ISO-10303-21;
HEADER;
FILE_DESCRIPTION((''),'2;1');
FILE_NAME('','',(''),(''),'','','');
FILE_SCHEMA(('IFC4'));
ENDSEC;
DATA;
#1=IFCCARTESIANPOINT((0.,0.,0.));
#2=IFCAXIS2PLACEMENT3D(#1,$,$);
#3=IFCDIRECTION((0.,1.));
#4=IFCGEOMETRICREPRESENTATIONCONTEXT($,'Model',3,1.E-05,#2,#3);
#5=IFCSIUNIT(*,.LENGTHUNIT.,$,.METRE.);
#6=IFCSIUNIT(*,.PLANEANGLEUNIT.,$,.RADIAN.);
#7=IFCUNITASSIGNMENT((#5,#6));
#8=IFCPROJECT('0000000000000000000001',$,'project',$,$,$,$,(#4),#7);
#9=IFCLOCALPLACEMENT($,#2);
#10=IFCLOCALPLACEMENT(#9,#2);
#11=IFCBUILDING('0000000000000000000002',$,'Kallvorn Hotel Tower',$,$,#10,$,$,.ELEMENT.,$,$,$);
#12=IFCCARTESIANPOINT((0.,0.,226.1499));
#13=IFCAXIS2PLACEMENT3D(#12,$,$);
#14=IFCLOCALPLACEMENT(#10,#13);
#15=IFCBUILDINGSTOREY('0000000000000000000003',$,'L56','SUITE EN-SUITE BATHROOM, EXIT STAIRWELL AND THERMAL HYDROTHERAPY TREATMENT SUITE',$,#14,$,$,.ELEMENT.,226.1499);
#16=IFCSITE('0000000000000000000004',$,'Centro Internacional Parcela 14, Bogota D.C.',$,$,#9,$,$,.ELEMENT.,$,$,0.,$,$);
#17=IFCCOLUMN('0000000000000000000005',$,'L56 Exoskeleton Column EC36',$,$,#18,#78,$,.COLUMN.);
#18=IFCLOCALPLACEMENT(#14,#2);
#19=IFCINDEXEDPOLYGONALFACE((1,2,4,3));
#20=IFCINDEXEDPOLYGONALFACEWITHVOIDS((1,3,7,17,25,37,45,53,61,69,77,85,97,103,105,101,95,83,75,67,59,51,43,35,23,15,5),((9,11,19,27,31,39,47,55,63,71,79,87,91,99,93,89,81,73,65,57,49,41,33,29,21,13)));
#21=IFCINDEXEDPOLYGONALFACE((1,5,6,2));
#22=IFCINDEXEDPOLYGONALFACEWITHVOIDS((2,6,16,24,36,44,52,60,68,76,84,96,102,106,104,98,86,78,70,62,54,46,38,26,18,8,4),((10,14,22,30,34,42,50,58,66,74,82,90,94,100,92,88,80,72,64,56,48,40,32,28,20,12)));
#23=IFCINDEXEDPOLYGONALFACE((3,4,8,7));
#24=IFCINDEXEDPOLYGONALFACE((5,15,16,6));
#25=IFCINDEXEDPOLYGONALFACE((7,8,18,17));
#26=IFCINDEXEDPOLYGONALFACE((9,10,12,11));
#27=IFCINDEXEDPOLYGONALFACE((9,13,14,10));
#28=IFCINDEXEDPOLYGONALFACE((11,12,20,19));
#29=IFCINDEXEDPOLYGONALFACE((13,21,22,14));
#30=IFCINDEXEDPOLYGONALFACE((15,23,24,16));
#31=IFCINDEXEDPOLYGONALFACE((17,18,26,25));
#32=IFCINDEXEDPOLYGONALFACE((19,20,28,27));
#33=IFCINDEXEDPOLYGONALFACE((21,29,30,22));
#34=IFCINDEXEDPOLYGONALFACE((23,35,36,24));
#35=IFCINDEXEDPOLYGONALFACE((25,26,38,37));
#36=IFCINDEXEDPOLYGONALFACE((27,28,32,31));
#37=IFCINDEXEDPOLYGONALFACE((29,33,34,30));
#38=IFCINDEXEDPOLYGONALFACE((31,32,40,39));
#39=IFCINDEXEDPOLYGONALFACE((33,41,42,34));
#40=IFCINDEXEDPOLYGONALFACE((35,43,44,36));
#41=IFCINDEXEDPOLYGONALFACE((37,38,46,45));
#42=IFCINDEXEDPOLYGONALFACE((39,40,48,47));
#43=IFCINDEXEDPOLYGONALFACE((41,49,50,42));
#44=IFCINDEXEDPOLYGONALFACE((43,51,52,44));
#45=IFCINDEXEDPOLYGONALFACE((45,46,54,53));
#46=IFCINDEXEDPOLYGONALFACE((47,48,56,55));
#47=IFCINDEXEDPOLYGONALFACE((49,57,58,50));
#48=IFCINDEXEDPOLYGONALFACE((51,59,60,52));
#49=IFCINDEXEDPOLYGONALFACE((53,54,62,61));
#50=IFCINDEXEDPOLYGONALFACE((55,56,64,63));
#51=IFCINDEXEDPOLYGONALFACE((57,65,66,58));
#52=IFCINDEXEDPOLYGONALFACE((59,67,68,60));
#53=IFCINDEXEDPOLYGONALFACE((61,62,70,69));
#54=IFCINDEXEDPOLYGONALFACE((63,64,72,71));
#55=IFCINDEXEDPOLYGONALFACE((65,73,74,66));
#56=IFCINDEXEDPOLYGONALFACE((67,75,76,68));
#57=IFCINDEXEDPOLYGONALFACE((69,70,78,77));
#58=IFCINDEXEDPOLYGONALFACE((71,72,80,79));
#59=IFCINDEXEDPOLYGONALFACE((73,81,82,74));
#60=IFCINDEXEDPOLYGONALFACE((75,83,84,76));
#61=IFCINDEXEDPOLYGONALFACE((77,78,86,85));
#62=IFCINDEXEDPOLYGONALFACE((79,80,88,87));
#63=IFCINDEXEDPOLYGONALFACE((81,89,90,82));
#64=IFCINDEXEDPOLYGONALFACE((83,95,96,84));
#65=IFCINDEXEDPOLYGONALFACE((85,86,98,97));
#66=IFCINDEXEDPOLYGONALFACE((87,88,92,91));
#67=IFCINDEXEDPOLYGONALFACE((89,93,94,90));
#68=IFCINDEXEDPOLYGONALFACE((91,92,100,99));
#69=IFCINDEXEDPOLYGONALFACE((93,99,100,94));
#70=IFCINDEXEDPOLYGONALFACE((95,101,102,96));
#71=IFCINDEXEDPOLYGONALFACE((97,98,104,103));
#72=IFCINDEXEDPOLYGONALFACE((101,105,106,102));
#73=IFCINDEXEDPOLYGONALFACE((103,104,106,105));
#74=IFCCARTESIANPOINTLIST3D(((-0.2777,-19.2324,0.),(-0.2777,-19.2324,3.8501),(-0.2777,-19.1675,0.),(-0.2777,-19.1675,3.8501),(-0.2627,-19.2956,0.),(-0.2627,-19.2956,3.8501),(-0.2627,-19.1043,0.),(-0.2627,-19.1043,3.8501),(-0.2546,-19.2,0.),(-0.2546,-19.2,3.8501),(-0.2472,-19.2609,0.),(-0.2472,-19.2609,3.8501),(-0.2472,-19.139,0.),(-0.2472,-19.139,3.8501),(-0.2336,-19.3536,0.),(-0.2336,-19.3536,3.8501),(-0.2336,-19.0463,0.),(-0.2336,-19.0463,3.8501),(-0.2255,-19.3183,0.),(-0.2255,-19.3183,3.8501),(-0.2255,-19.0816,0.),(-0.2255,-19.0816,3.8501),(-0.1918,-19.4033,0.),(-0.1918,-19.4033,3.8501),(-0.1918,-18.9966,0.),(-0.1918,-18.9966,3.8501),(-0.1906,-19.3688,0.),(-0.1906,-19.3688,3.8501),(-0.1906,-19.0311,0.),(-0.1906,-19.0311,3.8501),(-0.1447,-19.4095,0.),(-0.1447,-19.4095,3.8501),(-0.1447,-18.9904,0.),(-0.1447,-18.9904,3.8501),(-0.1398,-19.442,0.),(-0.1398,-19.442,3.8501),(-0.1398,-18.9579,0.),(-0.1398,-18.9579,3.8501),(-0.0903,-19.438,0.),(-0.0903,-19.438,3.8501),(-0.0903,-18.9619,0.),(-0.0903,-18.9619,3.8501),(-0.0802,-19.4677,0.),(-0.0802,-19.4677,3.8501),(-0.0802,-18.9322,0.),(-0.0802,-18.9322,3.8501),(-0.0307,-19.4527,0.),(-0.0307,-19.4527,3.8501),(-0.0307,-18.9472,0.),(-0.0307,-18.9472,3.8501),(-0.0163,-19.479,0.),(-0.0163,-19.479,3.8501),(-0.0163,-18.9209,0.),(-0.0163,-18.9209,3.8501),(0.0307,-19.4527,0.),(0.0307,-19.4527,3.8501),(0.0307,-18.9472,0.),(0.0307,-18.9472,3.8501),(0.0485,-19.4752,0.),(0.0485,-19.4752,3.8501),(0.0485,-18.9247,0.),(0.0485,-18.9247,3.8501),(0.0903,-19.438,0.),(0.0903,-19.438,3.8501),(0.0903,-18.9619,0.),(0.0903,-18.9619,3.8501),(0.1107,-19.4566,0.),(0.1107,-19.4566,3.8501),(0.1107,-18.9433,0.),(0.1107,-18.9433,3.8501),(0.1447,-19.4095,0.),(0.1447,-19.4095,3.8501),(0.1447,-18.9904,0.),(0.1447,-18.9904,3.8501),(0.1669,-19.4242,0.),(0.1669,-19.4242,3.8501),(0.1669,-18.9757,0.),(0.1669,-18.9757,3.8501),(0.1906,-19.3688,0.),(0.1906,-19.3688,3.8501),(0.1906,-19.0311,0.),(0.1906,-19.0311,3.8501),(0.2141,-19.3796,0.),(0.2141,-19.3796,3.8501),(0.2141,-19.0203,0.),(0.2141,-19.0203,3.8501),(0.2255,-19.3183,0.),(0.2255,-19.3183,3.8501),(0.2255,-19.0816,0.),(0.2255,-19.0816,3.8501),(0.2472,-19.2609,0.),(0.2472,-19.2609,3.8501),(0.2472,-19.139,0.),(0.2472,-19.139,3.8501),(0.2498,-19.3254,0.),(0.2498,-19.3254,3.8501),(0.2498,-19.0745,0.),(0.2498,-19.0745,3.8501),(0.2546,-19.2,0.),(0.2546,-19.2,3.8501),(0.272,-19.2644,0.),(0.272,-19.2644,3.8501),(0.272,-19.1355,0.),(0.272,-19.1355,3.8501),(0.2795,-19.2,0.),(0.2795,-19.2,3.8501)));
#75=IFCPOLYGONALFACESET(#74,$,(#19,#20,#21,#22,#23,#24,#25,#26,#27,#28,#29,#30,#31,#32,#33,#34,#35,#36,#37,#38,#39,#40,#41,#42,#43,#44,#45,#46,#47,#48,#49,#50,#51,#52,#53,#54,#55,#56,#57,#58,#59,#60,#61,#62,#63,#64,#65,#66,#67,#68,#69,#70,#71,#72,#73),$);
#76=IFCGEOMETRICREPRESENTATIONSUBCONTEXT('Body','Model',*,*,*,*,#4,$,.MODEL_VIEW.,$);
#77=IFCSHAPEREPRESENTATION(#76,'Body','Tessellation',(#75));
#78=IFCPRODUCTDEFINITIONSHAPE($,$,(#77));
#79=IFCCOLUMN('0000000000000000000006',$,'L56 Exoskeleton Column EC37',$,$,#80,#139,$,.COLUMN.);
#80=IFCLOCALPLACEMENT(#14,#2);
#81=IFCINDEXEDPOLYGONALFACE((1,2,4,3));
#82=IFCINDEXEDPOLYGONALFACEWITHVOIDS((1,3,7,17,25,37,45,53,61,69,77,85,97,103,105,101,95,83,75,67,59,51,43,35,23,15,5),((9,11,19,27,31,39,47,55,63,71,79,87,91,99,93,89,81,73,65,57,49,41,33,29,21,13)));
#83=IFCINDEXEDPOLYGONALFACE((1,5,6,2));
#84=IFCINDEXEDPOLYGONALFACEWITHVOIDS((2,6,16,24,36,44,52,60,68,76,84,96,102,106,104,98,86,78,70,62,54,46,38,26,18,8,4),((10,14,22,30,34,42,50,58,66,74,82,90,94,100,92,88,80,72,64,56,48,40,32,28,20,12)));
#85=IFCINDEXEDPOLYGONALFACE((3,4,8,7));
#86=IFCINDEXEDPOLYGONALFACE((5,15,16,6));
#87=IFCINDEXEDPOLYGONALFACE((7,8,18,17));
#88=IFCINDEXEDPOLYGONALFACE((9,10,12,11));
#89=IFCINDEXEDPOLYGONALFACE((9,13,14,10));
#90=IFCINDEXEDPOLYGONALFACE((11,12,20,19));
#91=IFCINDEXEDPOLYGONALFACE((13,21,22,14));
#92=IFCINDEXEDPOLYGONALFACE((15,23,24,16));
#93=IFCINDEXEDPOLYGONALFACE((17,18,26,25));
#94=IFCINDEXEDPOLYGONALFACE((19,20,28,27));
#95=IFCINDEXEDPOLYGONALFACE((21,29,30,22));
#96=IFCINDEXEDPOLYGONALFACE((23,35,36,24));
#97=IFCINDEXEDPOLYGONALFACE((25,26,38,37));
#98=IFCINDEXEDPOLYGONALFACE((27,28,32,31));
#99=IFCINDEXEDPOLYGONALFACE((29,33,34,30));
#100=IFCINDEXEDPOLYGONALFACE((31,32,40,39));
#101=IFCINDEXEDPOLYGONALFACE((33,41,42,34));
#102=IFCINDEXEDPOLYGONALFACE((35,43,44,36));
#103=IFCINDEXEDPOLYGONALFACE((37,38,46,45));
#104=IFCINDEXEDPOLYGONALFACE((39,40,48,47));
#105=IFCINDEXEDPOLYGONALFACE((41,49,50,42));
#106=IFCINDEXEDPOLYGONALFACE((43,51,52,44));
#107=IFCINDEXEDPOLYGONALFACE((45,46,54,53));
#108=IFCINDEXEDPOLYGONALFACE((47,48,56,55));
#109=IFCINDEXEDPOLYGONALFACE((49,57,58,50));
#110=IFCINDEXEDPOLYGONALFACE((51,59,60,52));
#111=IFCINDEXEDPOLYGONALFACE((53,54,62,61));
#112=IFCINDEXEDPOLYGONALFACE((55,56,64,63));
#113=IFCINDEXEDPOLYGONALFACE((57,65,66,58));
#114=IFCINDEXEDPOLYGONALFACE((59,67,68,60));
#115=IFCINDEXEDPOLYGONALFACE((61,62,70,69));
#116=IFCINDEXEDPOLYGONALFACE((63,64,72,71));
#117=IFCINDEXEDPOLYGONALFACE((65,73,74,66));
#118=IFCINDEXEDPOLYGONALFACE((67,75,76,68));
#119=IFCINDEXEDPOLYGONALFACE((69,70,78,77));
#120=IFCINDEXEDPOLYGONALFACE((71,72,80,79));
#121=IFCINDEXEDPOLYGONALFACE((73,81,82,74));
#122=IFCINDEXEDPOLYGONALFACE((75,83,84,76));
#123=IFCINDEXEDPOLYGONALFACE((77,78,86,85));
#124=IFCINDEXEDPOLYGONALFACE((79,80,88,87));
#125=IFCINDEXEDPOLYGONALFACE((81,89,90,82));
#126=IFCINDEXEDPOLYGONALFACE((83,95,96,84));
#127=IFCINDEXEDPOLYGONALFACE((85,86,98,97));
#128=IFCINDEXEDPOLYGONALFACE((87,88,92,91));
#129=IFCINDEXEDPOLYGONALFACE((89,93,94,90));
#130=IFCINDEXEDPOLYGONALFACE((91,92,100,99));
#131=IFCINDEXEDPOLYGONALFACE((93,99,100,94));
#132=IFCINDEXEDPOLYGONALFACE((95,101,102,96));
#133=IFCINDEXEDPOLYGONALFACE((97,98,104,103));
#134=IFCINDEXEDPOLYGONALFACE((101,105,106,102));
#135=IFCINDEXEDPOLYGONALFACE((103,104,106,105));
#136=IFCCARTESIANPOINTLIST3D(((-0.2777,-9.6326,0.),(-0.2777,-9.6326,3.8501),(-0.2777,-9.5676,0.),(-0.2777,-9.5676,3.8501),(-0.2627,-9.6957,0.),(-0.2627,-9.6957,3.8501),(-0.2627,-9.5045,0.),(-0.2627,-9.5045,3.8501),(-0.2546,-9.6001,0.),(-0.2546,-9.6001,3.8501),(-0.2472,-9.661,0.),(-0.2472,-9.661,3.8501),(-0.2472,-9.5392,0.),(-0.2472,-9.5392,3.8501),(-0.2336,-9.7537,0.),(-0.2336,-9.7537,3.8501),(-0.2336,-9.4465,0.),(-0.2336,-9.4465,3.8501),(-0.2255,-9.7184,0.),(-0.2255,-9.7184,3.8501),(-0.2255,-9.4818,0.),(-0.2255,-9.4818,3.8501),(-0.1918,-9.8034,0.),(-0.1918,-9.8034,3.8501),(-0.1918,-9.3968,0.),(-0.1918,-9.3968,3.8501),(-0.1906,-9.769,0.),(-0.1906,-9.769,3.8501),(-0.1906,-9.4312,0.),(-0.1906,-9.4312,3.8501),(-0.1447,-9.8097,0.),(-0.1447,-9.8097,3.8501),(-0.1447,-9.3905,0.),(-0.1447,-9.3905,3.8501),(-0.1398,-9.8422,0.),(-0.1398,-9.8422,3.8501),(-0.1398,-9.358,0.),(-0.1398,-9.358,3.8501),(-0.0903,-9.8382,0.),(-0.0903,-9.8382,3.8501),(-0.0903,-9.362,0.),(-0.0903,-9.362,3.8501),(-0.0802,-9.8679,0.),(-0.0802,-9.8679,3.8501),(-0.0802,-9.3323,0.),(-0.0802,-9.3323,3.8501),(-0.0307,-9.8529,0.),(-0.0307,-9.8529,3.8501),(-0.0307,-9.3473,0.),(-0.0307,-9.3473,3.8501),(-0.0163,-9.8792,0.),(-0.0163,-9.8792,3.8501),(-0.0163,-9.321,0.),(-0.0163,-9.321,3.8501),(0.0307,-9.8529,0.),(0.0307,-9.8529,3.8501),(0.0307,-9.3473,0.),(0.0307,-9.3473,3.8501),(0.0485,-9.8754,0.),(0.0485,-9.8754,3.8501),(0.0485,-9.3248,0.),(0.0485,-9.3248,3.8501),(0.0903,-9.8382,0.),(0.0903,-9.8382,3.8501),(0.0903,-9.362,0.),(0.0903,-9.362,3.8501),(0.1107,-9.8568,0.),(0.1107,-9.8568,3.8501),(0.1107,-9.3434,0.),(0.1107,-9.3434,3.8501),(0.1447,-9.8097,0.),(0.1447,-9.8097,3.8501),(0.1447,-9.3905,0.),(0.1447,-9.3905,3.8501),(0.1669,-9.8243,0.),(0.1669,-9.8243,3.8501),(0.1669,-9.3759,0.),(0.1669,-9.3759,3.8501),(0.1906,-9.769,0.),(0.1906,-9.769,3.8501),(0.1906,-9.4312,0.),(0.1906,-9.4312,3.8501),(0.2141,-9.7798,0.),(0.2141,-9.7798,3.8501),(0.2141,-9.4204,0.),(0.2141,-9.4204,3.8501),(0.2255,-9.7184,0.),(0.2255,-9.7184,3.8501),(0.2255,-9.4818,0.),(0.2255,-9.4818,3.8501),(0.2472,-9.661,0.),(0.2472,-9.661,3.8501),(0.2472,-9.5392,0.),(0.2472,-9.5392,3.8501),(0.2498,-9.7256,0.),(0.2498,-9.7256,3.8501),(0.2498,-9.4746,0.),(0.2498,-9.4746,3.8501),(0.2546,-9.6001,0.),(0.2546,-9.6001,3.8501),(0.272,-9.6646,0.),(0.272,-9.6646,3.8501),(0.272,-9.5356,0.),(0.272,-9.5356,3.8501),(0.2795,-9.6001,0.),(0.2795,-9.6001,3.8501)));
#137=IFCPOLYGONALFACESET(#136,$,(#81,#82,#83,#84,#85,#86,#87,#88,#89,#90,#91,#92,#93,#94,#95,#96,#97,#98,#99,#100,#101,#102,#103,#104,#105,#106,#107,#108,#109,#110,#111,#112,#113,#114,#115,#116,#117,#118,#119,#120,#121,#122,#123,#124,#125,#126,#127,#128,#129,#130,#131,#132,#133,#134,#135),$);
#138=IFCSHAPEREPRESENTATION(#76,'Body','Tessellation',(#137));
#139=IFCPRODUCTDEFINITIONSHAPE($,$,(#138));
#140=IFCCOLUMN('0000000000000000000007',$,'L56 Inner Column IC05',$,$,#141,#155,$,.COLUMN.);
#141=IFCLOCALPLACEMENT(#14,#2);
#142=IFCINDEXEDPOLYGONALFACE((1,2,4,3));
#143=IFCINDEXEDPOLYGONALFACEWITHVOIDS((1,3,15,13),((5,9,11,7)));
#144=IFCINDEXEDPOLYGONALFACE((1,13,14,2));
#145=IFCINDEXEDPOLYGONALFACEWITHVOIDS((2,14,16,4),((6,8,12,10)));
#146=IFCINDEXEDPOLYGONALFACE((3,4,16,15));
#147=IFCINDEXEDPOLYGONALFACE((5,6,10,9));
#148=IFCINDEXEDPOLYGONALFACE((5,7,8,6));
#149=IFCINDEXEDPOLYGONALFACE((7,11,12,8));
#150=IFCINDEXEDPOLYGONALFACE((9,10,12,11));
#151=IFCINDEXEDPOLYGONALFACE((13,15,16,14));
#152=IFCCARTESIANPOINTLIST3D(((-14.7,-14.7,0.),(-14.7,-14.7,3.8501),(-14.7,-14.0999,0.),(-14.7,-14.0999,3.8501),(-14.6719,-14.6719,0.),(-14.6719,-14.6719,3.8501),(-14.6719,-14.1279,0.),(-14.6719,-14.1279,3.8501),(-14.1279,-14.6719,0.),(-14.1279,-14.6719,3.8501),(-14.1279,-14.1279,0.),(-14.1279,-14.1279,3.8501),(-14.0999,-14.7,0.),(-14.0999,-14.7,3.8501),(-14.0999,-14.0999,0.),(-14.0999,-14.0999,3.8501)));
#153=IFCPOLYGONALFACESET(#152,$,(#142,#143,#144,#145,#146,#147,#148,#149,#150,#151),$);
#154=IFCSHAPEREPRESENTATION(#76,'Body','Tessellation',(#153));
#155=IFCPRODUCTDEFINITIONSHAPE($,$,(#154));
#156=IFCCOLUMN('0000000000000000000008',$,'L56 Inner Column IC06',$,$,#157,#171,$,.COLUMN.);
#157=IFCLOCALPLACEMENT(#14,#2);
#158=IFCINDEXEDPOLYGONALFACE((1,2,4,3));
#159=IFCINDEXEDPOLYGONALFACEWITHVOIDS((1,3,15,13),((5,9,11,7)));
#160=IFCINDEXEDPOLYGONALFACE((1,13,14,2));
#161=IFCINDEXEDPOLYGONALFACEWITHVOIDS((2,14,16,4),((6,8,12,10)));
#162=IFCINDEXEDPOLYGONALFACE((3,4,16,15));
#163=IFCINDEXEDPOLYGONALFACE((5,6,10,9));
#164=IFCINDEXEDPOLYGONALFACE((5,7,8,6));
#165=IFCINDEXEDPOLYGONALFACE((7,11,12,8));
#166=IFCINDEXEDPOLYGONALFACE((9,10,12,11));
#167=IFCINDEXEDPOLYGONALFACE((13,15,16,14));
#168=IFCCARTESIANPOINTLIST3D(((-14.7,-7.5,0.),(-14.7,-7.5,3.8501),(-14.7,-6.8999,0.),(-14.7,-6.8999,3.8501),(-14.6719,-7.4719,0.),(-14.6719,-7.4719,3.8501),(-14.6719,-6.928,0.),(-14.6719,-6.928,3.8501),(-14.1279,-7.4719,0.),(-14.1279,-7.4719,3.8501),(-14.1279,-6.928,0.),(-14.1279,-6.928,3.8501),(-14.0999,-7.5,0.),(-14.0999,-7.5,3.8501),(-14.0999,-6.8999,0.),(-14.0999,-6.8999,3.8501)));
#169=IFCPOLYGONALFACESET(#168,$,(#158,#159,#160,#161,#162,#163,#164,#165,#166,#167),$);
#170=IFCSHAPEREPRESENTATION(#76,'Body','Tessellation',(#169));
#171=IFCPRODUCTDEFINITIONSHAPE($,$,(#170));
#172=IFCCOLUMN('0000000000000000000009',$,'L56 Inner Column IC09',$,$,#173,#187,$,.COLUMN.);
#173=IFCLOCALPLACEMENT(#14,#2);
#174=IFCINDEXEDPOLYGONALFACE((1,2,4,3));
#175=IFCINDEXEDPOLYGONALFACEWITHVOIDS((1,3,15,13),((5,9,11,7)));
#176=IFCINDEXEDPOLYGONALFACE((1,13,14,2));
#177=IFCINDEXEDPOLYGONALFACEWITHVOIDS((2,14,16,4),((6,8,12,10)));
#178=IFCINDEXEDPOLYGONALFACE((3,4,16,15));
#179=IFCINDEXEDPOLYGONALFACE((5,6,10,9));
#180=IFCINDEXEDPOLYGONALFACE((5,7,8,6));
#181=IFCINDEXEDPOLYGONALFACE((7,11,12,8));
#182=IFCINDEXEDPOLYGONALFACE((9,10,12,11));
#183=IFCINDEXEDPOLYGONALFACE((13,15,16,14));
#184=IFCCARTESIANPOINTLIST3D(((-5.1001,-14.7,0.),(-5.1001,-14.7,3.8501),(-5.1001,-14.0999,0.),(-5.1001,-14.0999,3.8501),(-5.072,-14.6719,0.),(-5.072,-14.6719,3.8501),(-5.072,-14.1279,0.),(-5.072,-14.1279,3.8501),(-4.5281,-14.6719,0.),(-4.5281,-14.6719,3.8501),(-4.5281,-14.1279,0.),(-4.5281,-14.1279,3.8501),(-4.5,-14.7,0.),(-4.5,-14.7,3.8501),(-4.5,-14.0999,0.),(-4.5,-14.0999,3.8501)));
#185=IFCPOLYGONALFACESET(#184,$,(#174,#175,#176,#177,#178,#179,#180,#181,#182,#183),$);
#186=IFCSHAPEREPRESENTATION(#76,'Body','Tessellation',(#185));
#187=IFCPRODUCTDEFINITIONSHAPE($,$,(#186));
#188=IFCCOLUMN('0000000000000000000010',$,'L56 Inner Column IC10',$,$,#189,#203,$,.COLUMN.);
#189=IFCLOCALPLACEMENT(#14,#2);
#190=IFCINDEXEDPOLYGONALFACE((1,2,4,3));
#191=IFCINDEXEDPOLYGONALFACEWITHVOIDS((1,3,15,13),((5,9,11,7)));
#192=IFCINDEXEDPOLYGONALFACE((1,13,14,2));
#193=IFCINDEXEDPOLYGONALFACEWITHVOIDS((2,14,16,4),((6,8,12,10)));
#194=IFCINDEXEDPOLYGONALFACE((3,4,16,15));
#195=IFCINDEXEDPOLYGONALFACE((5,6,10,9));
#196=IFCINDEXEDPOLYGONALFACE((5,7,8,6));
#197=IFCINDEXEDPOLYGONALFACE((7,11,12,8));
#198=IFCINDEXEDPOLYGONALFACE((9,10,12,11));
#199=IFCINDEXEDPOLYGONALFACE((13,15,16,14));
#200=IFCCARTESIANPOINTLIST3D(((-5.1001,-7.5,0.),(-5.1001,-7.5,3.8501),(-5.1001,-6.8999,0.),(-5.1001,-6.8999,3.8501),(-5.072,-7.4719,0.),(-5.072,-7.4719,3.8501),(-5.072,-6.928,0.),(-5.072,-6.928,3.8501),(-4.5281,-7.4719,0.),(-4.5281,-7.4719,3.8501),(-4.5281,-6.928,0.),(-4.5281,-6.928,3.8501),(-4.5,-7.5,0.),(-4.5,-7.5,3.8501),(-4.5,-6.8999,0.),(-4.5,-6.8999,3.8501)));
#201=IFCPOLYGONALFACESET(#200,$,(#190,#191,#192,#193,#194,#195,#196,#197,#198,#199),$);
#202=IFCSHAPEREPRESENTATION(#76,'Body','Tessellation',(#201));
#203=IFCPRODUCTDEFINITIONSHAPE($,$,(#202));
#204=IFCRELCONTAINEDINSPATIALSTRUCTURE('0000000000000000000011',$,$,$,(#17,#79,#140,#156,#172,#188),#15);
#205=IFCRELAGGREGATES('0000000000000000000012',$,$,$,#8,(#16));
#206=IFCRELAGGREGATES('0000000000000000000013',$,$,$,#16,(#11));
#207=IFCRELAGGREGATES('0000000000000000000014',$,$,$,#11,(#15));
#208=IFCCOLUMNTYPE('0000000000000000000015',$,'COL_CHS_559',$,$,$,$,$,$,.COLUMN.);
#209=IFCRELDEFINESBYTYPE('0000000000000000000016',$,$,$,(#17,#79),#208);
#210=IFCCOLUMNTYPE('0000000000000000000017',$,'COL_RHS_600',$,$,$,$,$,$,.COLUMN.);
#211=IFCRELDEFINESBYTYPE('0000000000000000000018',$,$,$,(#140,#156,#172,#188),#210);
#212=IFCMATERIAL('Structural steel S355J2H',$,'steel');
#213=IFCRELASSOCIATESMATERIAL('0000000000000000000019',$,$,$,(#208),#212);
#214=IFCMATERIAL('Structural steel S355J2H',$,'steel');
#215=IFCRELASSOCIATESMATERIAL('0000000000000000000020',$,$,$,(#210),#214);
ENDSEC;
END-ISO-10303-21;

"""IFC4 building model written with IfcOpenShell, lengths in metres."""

from ifc_helpers import new_model, si_unit, direction, frame, origin, origin_2d, place, context, subcontext, project, spatial, hollow_rectangle, hollow_circle, extrude, material, material_profile, profile_set, type_object, element, save


model = new_model("IFC4")

# Units and contexts
model_context = context("Model", 3, precision=1e-05, world=origin(), true_north=direction((0.0, 1.0)))
body_context = subcontext(model_context, "Body", "Model", "MODEL_VIEW")
ifc_project = project(units=[si_unit("LENGTHUNIT", "METRE"), si_unit("PLANEANGLEUNIT", "RADIAN")], contexts=[model_context])

# Site, building, storey
site_placement = place(None, origin())
site = spatial("IfcSite", under=ifc_project, at=site_placement, Name="Centro Internacional Parcela 14, Bogota D.C.", CompositionType="ELEMENT", RefElevation=0.0)
building_placement = place(site_placement, origin())
building = spatial("IfcBuilding", under=site, at=building_placement, Name="Kallvorn Hotel Tower", CompositionType="ELEMENT")
storey_placement = place(building_placement, frame((0.0, 0.0, 226.1499)))
storey = spatial("IfcBuildingStorey", under=building, at=storey_placement, Name="L56", Description="SUITE EN-SUITE BATHROOM, EXIT STAIRWELL AND THERMAL HYDROTHERAPY TREATMENT SUITE", CompositionType="ELEMENT", Elevation=226.1499)

# Columns
ifc_material_1 = material(Name="Structural steel S355J2H", Category="steel")
ifc_material_profile_1 = material_profile(ifc_material_1, hollow_circle(Radius=0.2795, WallThickness=0.0249, at=origin_2d()), Name="CHS 559x25")
ifc_profile_set_1 = profile_set([ifc_material_profile_1], Name="Structural steel S355J2H")
column_type_1 = type_object("IfcColumnType", Name="COL_CHS_559", PredefinedType="COLUMN", material=ifc_profile_set_1)
for number, where, z_axis, x_axis, name in (
    (1, (0.0, -19.2, 0.0), (0.0, 0.0, 1.0), (1.0, 0.0, 0.0), "L56 Exoskeleton Column EC36"),
    (2, (0.0, -9.6001, 0.0), (0.0, 0.0, 1.0), (1.0, 0.0, 0.0), "L56 Exoskeleton Column EC37"),
):
    element("IfcColumn", number, at=place(storey_placement, frame(where, z_axis=z_axis, x_axis=x_axis)), inside=storey, type_object=column_type_1, Name=name, PredefinedType="COLUMN", context=body_context, shape_type="SweptSolid", body=[
        extrude(hollow_circle(Radius=0.2795, WallThickness=0.0249, at=origin_2d()), origin(), (0.0, 0.0, 1.0), 3.8501),
    ])
ifc_material_2 = material(Name="Structural steel S355J2H", Category="steel")
ifc_material_profile_2 = material_profile(ifc_material_2, hollow_rectangle(XDim=0.6001, YDim=0.6001, WallThickness=0.0281, at=origin_2d()), Name="RHS 600x600x28")
ifc_profile_set_2 = profile_set([ifc_material_profile_2], Name="Structural steel S355J2H")
column_type_2 = type_object("IfcColumnType", Name="COL_RHS_600", PredefinedType="COLUMN", material=ifc_profile_set_2)
for number, where, z_axis, x_axis, name in (
    (3, (-14.3999, -14.3999, 0.0), (0.0, 0.0, 1.0), (1.0, 0.0, 0.0), "L56 Inner Column IC05"),
    (4, (-14.3999, -7.2, 0.0), (0.0, 0.0, 1.0), (1.0, 0.0, 0.0), "L56 Inner Column IC06"),
    (5, (-4.8, -14.3999, 0.0), (0.0, 0.0, 1.0), (1.0, 0.0, 0.0), "L56 Inner Column IC09"),
    (6, (-4.8, -7.2, 0.0), (0.0, 0.0, 1.0), (1.0, 0.0, 0.0), "L56 Inner Column IC10"),
):
    element("IfcColumn", number, at=place(storey_placement, frame(where, z_axis=z_axis, x_axis=x_axis)), inside=storey, type_object=column_type_2, Name=name, PredefinedType="COLUMN", context=body_context, shape_type="SweptSolid", body=[
        extrude(hollow_rectangle(XDim=0.6001, YDim=0.6001, WallThickness=0.0281, at=origin_2d()), origin(), (0.0, 0.0, 1.0), 3.8501),
    ])

save(model, "model.ifc")
